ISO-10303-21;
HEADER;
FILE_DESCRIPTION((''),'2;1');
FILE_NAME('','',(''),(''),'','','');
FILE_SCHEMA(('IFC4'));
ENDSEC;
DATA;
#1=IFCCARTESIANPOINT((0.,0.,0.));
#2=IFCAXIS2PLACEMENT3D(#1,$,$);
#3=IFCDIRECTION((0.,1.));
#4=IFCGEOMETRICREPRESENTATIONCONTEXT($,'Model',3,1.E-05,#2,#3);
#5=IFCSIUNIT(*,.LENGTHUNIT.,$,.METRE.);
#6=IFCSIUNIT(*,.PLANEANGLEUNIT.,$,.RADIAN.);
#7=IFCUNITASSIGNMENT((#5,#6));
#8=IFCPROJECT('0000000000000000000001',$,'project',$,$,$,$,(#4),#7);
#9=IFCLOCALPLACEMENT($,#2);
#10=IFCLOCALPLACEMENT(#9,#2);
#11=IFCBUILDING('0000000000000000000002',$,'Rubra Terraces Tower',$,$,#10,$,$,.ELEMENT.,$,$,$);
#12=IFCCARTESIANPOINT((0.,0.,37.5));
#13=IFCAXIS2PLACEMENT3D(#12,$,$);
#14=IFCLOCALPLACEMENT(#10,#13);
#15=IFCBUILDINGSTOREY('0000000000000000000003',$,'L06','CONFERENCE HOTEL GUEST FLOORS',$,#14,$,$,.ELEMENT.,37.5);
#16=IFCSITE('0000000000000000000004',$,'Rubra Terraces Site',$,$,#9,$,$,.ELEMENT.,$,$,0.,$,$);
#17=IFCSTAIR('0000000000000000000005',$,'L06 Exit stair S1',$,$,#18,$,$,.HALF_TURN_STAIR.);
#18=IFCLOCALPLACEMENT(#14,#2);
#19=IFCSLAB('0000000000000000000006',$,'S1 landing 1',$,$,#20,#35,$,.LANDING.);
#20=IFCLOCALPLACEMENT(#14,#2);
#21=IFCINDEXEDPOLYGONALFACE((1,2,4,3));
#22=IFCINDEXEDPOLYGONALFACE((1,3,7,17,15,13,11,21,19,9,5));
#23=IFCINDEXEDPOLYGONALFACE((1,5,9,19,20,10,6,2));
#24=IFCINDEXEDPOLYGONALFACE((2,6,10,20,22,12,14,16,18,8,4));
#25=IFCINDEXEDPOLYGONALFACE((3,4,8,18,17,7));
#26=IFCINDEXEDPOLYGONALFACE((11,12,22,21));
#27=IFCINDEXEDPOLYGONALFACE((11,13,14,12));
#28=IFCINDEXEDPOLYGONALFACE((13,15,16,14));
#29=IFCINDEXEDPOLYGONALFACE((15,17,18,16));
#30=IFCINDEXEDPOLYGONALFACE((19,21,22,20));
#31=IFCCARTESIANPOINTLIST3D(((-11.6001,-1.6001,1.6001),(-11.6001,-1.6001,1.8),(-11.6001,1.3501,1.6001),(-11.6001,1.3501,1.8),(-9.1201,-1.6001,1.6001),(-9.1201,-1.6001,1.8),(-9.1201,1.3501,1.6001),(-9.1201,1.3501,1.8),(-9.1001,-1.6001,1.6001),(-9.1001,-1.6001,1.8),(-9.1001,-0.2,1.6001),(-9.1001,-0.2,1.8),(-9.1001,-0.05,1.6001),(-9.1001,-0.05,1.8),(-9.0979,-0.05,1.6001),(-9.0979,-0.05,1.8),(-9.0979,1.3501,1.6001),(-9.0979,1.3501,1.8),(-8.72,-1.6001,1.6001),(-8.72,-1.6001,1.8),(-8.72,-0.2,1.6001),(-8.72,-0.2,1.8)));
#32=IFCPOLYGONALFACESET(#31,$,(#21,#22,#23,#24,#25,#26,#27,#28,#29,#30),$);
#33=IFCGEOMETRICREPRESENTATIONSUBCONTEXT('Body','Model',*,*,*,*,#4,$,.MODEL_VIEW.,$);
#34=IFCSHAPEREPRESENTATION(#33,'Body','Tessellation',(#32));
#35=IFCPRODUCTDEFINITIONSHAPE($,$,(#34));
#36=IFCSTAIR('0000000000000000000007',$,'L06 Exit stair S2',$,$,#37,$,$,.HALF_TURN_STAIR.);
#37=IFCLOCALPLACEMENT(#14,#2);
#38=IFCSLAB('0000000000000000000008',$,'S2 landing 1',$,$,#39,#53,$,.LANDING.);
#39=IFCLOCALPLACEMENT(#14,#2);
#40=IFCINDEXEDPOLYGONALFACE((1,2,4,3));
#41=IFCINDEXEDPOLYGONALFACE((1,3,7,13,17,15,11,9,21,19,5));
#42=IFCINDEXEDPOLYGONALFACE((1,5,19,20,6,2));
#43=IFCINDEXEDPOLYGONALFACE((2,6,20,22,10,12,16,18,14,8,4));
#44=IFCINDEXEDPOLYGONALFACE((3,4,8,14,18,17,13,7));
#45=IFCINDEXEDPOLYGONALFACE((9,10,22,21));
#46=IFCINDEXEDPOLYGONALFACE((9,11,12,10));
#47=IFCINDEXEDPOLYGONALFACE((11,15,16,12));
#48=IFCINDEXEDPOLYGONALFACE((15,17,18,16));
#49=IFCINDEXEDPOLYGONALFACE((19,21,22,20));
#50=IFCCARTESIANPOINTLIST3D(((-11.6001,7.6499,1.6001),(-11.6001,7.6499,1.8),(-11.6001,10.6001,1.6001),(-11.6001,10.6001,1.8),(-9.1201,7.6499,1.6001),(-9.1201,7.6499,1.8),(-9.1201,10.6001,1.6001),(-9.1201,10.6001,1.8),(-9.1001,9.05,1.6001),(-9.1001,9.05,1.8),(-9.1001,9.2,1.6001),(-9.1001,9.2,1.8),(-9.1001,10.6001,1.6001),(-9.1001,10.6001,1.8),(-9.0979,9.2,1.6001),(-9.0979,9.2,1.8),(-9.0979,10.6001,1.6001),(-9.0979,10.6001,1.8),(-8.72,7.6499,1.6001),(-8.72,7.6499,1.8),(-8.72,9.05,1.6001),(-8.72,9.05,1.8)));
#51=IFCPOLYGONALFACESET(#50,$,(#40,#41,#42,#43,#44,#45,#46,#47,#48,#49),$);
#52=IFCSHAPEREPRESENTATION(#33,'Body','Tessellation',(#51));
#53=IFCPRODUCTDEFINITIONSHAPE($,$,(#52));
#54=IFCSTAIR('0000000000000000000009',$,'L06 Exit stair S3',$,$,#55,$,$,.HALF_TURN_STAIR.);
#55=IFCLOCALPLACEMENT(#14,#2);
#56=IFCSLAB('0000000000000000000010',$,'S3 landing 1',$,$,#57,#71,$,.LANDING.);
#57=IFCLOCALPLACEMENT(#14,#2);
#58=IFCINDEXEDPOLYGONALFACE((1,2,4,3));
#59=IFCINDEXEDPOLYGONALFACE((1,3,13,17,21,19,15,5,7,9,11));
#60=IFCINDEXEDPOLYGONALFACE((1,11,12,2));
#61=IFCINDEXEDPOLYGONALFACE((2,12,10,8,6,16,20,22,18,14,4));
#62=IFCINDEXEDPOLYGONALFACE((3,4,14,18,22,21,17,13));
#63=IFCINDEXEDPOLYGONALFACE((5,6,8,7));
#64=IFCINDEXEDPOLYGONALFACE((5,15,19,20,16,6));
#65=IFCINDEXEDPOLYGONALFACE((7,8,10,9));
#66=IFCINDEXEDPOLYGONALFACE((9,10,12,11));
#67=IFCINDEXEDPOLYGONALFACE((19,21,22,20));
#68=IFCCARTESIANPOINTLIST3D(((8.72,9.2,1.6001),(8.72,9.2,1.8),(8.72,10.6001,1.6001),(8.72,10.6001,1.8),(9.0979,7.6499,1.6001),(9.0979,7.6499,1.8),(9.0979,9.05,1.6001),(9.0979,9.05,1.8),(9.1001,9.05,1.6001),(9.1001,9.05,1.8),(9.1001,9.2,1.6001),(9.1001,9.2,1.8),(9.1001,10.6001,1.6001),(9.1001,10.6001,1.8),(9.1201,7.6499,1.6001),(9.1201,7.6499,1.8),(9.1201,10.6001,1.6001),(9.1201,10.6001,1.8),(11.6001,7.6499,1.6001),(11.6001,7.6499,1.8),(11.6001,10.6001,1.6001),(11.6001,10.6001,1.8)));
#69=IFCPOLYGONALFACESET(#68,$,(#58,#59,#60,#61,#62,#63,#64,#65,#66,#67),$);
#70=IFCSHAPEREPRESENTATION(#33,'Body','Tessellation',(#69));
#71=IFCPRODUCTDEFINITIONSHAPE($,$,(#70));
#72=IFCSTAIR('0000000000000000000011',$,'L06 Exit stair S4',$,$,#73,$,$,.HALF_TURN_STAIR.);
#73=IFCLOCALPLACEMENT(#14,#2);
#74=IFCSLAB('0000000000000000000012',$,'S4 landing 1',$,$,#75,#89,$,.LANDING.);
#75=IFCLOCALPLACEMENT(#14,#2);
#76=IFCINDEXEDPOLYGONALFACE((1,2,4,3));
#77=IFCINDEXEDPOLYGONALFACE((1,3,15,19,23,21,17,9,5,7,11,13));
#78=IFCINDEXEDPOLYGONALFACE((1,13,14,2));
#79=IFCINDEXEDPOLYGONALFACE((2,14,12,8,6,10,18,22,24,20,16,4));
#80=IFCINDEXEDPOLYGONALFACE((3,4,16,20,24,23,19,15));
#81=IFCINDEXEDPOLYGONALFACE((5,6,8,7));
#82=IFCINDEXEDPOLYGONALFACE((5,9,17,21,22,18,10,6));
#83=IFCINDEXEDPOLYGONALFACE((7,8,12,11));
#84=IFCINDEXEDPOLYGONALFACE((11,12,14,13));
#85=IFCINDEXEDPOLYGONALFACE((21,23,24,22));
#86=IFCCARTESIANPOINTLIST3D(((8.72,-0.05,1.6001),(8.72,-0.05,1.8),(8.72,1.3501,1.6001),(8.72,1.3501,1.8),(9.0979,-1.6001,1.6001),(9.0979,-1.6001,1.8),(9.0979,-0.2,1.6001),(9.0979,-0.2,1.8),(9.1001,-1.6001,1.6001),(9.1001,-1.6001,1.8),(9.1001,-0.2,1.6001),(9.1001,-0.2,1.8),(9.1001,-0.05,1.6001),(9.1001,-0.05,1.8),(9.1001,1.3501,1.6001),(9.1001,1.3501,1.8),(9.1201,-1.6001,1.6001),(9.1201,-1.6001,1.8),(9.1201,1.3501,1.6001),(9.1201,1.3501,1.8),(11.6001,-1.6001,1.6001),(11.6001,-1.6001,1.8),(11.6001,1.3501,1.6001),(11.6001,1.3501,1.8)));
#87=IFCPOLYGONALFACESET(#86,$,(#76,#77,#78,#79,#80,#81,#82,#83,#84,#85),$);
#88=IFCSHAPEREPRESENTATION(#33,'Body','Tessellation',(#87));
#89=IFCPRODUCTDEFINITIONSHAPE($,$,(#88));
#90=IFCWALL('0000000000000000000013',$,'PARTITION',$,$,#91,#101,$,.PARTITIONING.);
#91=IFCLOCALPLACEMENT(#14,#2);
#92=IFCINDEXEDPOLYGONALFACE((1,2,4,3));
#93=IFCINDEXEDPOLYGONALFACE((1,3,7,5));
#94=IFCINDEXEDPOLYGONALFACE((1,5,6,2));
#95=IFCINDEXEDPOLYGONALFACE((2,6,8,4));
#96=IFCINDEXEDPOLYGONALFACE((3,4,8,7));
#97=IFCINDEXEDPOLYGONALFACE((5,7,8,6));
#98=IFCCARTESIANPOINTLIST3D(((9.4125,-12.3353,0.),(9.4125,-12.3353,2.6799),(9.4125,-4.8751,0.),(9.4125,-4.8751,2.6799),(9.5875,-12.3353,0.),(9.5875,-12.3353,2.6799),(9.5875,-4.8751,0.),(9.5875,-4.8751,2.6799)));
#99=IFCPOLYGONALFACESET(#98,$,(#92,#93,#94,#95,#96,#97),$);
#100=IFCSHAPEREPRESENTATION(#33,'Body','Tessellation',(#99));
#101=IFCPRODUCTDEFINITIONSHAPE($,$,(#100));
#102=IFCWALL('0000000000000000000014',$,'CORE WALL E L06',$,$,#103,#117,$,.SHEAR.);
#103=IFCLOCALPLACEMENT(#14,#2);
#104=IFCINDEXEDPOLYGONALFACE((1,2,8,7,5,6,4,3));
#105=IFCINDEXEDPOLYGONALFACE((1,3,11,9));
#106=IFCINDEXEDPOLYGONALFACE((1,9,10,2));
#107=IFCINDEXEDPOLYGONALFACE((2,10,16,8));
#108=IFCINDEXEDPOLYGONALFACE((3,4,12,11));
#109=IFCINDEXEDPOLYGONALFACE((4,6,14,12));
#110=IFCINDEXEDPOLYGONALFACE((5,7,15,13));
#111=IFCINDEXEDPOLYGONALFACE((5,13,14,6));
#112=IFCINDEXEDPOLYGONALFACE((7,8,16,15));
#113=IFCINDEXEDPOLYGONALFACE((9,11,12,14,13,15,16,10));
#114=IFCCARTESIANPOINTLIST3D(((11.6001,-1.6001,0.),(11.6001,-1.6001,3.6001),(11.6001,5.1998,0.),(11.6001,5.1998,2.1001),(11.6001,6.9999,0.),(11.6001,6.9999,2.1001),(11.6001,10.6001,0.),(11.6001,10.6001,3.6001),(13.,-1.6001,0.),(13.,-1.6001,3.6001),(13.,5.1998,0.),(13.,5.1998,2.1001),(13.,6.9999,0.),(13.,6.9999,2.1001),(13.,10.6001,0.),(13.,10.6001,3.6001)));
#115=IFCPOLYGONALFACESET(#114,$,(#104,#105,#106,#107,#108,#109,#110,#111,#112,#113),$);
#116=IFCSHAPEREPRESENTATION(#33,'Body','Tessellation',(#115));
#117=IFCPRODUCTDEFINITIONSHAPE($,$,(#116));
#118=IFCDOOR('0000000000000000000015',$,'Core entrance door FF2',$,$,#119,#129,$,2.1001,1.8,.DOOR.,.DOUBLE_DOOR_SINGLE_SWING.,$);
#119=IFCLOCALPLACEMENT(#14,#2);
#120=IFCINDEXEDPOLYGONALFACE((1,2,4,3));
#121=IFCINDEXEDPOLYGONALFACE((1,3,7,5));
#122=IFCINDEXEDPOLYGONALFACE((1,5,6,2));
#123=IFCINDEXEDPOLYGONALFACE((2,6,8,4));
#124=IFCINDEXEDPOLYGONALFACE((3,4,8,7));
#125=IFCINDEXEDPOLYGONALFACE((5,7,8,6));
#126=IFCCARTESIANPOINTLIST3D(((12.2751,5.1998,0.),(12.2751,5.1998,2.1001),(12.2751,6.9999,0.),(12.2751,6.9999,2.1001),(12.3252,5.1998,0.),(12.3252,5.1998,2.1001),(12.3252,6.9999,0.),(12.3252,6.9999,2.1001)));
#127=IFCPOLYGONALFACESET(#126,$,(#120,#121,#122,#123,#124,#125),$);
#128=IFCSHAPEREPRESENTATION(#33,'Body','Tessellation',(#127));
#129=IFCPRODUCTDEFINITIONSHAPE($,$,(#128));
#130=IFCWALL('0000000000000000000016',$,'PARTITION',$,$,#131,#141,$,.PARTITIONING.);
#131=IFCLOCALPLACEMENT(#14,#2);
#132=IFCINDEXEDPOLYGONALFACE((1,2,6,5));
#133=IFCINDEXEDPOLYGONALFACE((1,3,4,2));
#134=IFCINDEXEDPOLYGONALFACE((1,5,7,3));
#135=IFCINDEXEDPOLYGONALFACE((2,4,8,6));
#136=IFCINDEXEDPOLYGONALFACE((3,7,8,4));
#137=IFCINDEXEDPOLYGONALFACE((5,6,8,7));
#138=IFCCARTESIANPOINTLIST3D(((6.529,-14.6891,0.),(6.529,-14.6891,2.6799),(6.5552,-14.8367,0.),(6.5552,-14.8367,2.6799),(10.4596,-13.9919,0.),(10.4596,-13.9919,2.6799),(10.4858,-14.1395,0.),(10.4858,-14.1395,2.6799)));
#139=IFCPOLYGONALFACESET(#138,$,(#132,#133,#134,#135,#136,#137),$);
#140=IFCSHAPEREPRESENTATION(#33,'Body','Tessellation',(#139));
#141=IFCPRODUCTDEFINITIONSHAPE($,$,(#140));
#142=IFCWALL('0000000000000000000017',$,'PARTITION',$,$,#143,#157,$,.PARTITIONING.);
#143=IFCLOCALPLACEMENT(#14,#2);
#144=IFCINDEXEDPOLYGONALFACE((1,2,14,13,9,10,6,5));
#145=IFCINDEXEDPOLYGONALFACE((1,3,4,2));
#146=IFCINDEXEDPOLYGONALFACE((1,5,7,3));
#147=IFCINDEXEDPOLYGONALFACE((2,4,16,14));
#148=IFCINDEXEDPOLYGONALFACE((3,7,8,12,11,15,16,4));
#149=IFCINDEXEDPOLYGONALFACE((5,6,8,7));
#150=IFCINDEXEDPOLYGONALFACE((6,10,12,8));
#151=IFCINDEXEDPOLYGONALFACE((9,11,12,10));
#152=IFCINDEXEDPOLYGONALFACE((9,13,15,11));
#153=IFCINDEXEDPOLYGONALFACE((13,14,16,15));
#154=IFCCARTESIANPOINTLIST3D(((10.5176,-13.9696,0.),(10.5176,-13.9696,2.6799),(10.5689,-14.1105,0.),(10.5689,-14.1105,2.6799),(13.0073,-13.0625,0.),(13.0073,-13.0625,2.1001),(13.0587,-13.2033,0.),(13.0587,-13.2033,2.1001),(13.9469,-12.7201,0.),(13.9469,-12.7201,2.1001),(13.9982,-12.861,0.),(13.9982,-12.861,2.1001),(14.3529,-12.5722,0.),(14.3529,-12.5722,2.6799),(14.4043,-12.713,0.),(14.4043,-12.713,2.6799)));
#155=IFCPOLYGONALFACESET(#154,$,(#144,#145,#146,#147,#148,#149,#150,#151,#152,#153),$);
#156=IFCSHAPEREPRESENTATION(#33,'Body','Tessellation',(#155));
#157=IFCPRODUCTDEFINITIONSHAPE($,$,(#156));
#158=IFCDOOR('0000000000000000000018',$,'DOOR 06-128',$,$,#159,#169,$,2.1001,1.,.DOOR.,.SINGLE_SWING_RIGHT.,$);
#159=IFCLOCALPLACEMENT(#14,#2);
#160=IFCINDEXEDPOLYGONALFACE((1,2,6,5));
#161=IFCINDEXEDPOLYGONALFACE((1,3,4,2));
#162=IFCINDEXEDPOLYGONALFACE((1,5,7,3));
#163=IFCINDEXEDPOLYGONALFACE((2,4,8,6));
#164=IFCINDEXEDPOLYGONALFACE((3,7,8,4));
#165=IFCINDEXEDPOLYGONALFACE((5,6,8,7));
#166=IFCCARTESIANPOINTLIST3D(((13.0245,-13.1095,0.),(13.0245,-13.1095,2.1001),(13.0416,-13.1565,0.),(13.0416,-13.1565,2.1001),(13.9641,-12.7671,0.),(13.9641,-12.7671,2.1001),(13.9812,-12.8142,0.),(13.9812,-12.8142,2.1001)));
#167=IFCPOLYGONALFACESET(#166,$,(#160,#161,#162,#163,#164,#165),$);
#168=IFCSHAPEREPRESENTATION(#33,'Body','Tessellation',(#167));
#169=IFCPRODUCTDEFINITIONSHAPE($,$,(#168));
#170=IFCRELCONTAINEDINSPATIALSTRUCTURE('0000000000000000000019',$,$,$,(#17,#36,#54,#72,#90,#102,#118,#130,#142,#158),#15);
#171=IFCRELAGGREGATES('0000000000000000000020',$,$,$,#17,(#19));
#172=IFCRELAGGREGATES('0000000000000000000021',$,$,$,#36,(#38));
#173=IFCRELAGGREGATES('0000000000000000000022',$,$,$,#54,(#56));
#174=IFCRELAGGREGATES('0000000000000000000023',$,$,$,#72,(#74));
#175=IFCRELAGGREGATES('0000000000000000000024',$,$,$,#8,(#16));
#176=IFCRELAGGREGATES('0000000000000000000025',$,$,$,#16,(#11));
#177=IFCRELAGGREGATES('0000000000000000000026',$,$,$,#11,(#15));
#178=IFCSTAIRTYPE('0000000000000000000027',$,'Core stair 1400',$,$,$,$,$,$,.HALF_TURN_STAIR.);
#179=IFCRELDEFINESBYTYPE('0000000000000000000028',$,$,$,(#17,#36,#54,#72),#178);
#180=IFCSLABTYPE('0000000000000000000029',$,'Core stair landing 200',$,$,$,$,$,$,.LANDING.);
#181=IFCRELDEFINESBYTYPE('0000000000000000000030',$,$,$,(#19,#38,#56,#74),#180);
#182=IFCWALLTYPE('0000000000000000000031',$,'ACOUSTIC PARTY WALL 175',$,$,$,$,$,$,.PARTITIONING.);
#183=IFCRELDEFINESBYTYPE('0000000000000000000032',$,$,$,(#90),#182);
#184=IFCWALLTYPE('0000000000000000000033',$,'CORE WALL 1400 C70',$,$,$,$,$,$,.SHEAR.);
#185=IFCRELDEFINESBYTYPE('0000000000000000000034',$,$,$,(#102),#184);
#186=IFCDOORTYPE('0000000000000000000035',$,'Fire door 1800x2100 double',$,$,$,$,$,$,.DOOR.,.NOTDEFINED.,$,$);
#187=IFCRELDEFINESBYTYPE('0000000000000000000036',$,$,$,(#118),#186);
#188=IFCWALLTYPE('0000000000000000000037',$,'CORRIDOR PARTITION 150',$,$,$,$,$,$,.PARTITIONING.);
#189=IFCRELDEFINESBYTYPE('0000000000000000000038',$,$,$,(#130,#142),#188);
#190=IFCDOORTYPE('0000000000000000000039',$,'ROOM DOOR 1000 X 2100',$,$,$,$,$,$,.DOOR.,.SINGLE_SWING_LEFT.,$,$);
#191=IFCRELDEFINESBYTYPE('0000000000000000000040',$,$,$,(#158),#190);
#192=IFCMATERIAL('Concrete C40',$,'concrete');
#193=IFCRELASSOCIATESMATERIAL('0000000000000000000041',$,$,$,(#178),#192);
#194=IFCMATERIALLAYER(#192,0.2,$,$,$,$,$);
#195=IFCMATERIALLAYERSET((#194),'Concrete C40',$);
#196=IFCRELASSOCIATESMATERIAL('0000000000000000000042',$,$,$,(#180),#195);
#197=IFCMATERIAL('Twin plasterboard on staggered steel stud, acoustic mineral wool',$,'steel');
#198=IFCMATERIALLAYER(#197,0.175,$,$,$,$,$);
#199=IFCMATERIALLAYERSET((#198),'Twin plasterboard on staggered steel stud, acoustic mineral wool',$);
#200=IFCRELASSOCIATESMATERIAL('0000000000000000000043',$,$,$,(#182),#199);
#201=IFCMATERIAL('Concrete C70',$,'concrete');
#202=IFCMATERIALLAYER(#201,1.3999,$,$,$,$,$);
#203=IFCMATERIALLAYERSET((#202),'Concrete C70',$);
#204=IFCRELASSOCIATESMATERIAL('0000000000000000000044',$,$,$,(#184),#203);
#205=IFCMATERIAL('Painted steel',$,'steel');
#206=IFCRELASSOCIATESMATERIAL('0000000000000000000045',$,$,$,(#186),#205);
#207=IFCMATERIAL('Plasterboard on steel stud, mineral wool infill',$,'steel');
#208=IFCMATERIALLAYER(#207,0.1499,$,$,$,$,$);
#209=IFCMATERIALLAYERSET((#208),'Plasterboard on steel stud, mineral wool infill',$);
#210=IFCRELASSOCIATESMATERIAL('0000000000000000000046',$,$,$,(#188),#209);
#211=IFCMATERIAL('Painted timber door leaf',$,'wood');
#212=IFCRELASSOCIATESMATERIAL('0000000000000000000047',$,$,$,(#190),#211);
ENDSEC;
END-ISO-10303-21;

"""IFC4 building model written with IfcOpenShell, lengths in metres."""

from ifc_helpers import new_model, si_unit, direction, frame, frame_2d, origin, place, context, subcontext, project, spatial, polyline, rectangle, outline, extrude, material, layer, layer_set, type_object, element, fill, aggregate, save


model = new_model("IFC4")

# Units and contexts
model_context = context("Model", 3, precision=1e-05, world=origin(), true_north=direction((0.0, 1.0)))
body_context = subcontext(model_context, "Body", "Model", "MODEL_VIEW")
ifc_project = project(units=[si_unit("LENGTHUNIT", "METRE"), si_unit("PLANEANGLEUNIT", "RADIAN")], contexts=[model_context])

# Site, building, storey
site_placement = place(None, origin())
site = spatial("IfcSite", under=ifc_project, at=site_placement, Name="Rubra Terraces Site", CompositionType="ELEMENT", RefElevation=0.0)
building_placement = place(site_placement, origin())
building = spatial("IfcBuilding", under=site, at=building_placement, Name="Rubra Terraces Tower", CompositionType="ELEMENT")
storey_placement = place(building_placement, frame((0.0, 0.0, 37.5)))
storey = spatial("IfcBuildingStorey", under=building, at=storey_placement, Name="L06", Description="CONFERENCE HOTEL GUEST FLOORS", CompositionType="ELEMENT", Elevation=37.5)

# Stairs, slabs
ifc_material_1 = material(Name="Concrete C40", Category="concrete")
stair_type = type_object("IfcStairType", Name="Core stair 1400", PredefinedType="HALF_TURN_STAIR", material=ifc_material_1)
stair_1_placement = place(storey_placement, origin())
stair_1 = element("IfcStair", 1, at=stair_1_placement, inside=storey, type_object=stair_type, Name="L06 Exit stair S1", PredefinedType="HALF_TURN_STAIR")
ifc_layer_1 = layer(ifc_material_1, 0.2)
ifc_layer_set_1 = layer_set([ifc_layer_1], Name="Concrete C40")
slab_type = type_object("IfcSlabType", Name="Core stair landing 200", PredefinedType="LANDING", material=ifc_layer_set_1)
slab_1_placement = place(storey_placement, frame((0.0, 0.0, 1.6001)))
slab_1 = element("IfcSlab", 2, at=slab_1_placement, type_object=slab_type, Name="S1 landing 1", PredefinedType="LANDING", context=body_context, shape_type="SweptSolid", body=[
    extrude(outline(polyline([(-8.72, -0.2), (-8.72, -1.6001), (-9.1001, -1.6001), (-9.1201, -1.6001), (-11.6001, -1.6001), (-11.6001, 1.3501), (-9.1201, 1.3501), (-9.0979, 1.3501), (-9.0979, -0.05), (-9.1001, -0.05), (-9.1001, -0.2), (-8.72, -0.2)])), origin(), (0.0, 0.0, 1.0), 0.2),
])
aggregate(stair_1, [slab_1])
stair_2_placement = place(storey_placement, origin())
stair_2 = element("IfcStair", 3, at=stair_2_placement, inside=storey, type_object=stair_type, Name="L06 Exit stair S2", PredefinedType="HALF_TURN_STAIR")
slab_2_placement = place(storey_placement, frame((0.0, 0.0, 1.6001)))
slab_2 = element("IfcSlab", 4, at=slab_2_placement, type_object=slab_type, Name="S2 landing 1", PredefinedType="LANDING", context=body_context, shape_type="SweptSolid", body=[
    extrude(outline(polyline([(-8.72, 9.05), (-8.72, 7.6499), (-9.1201, 7.6499), (-11.6001, 7.6499), (-11.6001, 10.6001), (-9.1201, 10.6001), (-9.1001, 10.6001), (-9.0979, 10.6001), (-9.0979, 9.2), (-9.1001, 9.2), (-9.1001, 9.05), (-8.72, 9.05)])), origin(), (0.0, 0.0, 1.0), 0.2),
])
aggregate(stair_2, [slab_2])
stair_3_placement = place(storey_placement, origin())
stair_3 = element("IfcStair", 5, at=stair_3_placement, inside=storey, type_object=stair_type, Name="L06 Exit stair S3", PredefinedType="HALF_TURN_STAIR")
slab_3_placement = place(storey_placement, frame((0.0, 0.0, 1.6001)))
slab_3 = element("IfcSlab", 6, at=slab_3_placement, type_object=slab_type, Name="S3 landing 1", PredefinedType="LANDING", context=body_context, shape_type="SweptSolid", body=[
    extrude(outline(polyline([(9.1001, 9.05), (9.1001, 9.2), (8.72, 9.2), (8.72, 10.6001), (9.1001, 10.6001), (9.1201, 10.6001), (11.6001, 10.6001), (11.6001, 7.6499), (9.1201, 7.6499), (9.0979, 7.6499), (9.0979, 9.05), (9.1001, 9.05)])), origin(), (0.0, 0.0, 1.0), 0.2),
])
aggregate(stair_3, [slab_3])
stair_4_placement = place(storey_placement, origin())
stair_4 = element("IfcStair", 7, at=stair_4_placement, inside=storey, type_object=stair_type, Name="L06 Exit stair S4", PredefinedType="HALF_TURN_STAIR")
slab_4_placement = place(storey_placement, frame((0.0, 0.0, 1.6001)))
slab_4 = element("IfcSlab", 8, at=slab_4_placement, type_object=slab_type, Name="S4 landing 1", PredefinedType="LANDING", context=body_context, shape_type="SweptSolid", body=[
    extrude(outline(polyline([(9.1001, -0.2), (9.1001, -0.05), (8.72, -0.05), (8.72, 1.3501), (9.1001, 1.3501), (9.1201, 1.3501), (11.6001, 1.3501), (11.6001, -1.6001), (9.1201, -1.6001), (9.1001, -1.6001), (9.0979, -1.6001), (9.0979, -0.2), (9.1001, -0.2)])), origin(), (0.0, 0.0, 1.0), 0.2),
])

# Wall
ifc_material_2 = material(Name="Twin plasterboard on staggered steel stud, acoustic mineral wool", Category="steel")
ifc_layer_2 = layer(ifc_material_2, 0.175)
ifc_layer_set_2 = layer_set([ifc_layer_2], Name="Twin plasterboard on staggered steel stud, acoustic mineral wool")
wall_type_1 = type_object("IfcWallType", Name="ACOUSTIC PARTY WALL 175", PredefinedType="PARTITIONING", material=ifc_layer_set_2)
wall_1_placement = place(storey_placement, frame((9.5, -12.3352, 0.0), z_axis=(0.0, 0.0, 1.0), x_axis=(0.0, 1.0, 0.0)))
element("IfcWall", 9, at=wall_1_placement, inside=storey, type_object=wall_type_1, Name="PARTITION", PredefinedType="PARTITIONING", context=body_context, shape_type="SweptSolid", body=[
    extrude(rectangle(XDim=7.4602, YDim=0.175, at=frame_2d((3.73, 0.0))), origin(), (0.0, 0.0, 1.0), 2.6799),
])

# Wall, opening, door
ifc_material_3 = material(Name="Concrete C70", Category="concrete")
ifc_layer_3 = layer(ifc_material_3, 1.3999)
ifc_layer_set_3 = layer_set([ifc_layer_3], Name="Concrete C70")
wall_type_2 = type_object("IfcWallType", Name="CORE WALL 1400 C70", PredefinedType="SHEAR", material=ifc_layer_set_3)
wall_2_placement = place(storey_placement, frame((12.3, -1.6001, 0.0), z_axis=(0.0, 0.0, 1.0), x_axis=(0.0, 1.0, 0.0)))
wall_2 = element("IfcWall", 10, at=wall_2_placement, inside=storey, type_object=wall_type_2, Name="CORE WALL E L06", PredefinedType="SHEAR", context=body_context, shape_type="SweptSolid", body=[
    extrude(rectangle(XDim=12.2002, YDim=1.3999, at=frame_2d((6.1001, 0.0))), origin(), (0.0, 0.0, 1.0), 3.6001),
])
opening_1_placement = place(wall_2_placement, frame((6.8, 0.0, 0.0)))
opening_1 = element("IfcOpeningElement", 11, at=opening_1_placement, cuts=wall_2, PredefinedType="OPENING", context=body_context, shape_type="SweptSolid", body=[
    extrude(rectangle(XDim=1.8, YDim=2.1001, at=frame_2d((0.8999, 1.05))), frame((0.0, 0.71, 0.0), z_axis=(0.0, -1.0, 0.0), x_axis=(1.0, 0.0, 0.0)), (0.0, 0.0, 1.0), 1.4199),
])
ifc_material_4 = material(Name="Painted steel", Category="steel")
door_type_1 = type_object("IfcDoorType", Name="Fire door 1800x2100 double", OperationType="NOTDEFINED", PredefinedType="DOOR", material=ifc_material_4)
door_1_placement = place(opening_1_placement, origin())
door_1 = element("IfcDoor", 12, at=door_1_placement, inside=storey, type_object=door_type_1, Name="Core entrance door FF2", OperationType="DOUBLE_DOOR_SINGLE_SWING", OverallHeight=2.1001, OverallWidth=1.8, PredefinedType="DOOR", context=body_context, shape_type="SweptSolid", body=[
    extrude(rectangle(XDim=1.8, YDim=2.1001, at=frame_2d((0.8999, 1.05))), frame((0.0, 0.0249, 0.0), z_axis=(0.0, -1.0, 0.0), x_axis=(1.0, 0.0, 0.0)), (0.0, 0.0, 1.0), 0.05),
])
fill(opening_1, door_1)

# Wall
ifc_material_5 = material(Name="Plasterboard on steel stud, mineral wool infill", Category="steel")
ifc_layer_4 = layer(ifc_material_5, 0.1499)
ifc_layer_set_4 = layer_set([ifc_layer_4], Name="Plasterboard on steel stud, mineral wool infill")
wall_type_3 = type_object("IfcWallType", Name="CORRIDOR PARTITION 150", PredefinedType="PARTITIONING", material=ifc_layer_set_4)
wall_3_placement = place(storey_placement, frame((6.542, -14.7629, 0.0), z_axis=(0.0, 0.0, 1.0), x_axis=(0.984628, 0.174664, 0.0)))
element("IfcWall", 13, at=wall_3_placement, inside=storey, type_object=wall_type_3, Name="PARTITION", PredefinedType="PARTITIONING", context=body_context, shape_type="SweptSolid", body=[
    extrude(rectangle(XDim=3.9919, YDim=0.1499, at=frame_2d((1.9961, 0.0))), origin(), (0.0, 0.0, 1.0), 2.6799),
])

# Wall, opening, door
wall_4_placement = place(storey_placement, frame((10.5432, -14.04, 0.0), z_axis=(0.0, 0.0, 1.0), x_axis=(0.939577, 0.342338, 0.0)))
wall_4 = element("IfcWall", 14, at=wall_4_placement, inside=storey, type_object=wall_type_3, Name="PARTITION", PredefinedType="PARTITIONING", context=body_context, shape_type="SweptSolid", body=[
    extrude(rectangle(XDim=4.082, YDim=0.1499, at=frame_2d((2.041, 0.0))), origin(), (0.0, 0.0, 1.0), 2.6799),
])
opening_2_placement = place(wall_4_placement, frame((2.6499, 0.0, 0.0)))
opening_2 = element("IfcOpeningElement", 15, at=opening_2_placement, cuts=wall_4, PredefinedType="OPENING", context=body_context, shape_type="SweptSolid", body=[
    extrude(rectangle(XDim=1.0, YDim=2.1001, at=frame_2d((0.5, 1.05))), frame((0.0, 0.085, 0.0), z_axis=(0.0, -1.0, 0.0), x_axis=(1.0, 0.0, 0.0)), (0.0, 0.0, 1.0), 0.1699),
])
ifc_material_6 = material(Name="Painted timber door leaf", Category="wood")
door_type_2 = type_object("IfcDoorType", Name="ROOM DOOR 1000 X 2100", OperationType="SINGLE_SWING_LEFT", PredefinedType="DOOR", material=ifc_material_6)
door_2_placement = place(opening_2_placement, origin())
door_2 = element("IfcDoor", 16, at=door_2_placement, inside=storey, type_object=door_type_2, Name="DOOR 06-128", OperationType="SINGLE_SWING_RIGHT", OverallHeight=2.1001, OverallWidth=1.0, PredefinedType="DOOR", context=body_context, shape_type="SweptSolid", body=[
    extrude(rectangle(XDim=1.0, YDim=2.1001, at=frame_2d((0.5, 1.05))), frame((0.0, 0.0249, 0.0), z_axis=(0.0, -1.0, 0.0), x_axis=(1.0, 0.0, 0.0)), (0.0, 0.0, 1.0), 0.05),
])
fill(opening_2, door_2)

aggregate(stair_4, [slab_4])

save(model, "model.ifc")
